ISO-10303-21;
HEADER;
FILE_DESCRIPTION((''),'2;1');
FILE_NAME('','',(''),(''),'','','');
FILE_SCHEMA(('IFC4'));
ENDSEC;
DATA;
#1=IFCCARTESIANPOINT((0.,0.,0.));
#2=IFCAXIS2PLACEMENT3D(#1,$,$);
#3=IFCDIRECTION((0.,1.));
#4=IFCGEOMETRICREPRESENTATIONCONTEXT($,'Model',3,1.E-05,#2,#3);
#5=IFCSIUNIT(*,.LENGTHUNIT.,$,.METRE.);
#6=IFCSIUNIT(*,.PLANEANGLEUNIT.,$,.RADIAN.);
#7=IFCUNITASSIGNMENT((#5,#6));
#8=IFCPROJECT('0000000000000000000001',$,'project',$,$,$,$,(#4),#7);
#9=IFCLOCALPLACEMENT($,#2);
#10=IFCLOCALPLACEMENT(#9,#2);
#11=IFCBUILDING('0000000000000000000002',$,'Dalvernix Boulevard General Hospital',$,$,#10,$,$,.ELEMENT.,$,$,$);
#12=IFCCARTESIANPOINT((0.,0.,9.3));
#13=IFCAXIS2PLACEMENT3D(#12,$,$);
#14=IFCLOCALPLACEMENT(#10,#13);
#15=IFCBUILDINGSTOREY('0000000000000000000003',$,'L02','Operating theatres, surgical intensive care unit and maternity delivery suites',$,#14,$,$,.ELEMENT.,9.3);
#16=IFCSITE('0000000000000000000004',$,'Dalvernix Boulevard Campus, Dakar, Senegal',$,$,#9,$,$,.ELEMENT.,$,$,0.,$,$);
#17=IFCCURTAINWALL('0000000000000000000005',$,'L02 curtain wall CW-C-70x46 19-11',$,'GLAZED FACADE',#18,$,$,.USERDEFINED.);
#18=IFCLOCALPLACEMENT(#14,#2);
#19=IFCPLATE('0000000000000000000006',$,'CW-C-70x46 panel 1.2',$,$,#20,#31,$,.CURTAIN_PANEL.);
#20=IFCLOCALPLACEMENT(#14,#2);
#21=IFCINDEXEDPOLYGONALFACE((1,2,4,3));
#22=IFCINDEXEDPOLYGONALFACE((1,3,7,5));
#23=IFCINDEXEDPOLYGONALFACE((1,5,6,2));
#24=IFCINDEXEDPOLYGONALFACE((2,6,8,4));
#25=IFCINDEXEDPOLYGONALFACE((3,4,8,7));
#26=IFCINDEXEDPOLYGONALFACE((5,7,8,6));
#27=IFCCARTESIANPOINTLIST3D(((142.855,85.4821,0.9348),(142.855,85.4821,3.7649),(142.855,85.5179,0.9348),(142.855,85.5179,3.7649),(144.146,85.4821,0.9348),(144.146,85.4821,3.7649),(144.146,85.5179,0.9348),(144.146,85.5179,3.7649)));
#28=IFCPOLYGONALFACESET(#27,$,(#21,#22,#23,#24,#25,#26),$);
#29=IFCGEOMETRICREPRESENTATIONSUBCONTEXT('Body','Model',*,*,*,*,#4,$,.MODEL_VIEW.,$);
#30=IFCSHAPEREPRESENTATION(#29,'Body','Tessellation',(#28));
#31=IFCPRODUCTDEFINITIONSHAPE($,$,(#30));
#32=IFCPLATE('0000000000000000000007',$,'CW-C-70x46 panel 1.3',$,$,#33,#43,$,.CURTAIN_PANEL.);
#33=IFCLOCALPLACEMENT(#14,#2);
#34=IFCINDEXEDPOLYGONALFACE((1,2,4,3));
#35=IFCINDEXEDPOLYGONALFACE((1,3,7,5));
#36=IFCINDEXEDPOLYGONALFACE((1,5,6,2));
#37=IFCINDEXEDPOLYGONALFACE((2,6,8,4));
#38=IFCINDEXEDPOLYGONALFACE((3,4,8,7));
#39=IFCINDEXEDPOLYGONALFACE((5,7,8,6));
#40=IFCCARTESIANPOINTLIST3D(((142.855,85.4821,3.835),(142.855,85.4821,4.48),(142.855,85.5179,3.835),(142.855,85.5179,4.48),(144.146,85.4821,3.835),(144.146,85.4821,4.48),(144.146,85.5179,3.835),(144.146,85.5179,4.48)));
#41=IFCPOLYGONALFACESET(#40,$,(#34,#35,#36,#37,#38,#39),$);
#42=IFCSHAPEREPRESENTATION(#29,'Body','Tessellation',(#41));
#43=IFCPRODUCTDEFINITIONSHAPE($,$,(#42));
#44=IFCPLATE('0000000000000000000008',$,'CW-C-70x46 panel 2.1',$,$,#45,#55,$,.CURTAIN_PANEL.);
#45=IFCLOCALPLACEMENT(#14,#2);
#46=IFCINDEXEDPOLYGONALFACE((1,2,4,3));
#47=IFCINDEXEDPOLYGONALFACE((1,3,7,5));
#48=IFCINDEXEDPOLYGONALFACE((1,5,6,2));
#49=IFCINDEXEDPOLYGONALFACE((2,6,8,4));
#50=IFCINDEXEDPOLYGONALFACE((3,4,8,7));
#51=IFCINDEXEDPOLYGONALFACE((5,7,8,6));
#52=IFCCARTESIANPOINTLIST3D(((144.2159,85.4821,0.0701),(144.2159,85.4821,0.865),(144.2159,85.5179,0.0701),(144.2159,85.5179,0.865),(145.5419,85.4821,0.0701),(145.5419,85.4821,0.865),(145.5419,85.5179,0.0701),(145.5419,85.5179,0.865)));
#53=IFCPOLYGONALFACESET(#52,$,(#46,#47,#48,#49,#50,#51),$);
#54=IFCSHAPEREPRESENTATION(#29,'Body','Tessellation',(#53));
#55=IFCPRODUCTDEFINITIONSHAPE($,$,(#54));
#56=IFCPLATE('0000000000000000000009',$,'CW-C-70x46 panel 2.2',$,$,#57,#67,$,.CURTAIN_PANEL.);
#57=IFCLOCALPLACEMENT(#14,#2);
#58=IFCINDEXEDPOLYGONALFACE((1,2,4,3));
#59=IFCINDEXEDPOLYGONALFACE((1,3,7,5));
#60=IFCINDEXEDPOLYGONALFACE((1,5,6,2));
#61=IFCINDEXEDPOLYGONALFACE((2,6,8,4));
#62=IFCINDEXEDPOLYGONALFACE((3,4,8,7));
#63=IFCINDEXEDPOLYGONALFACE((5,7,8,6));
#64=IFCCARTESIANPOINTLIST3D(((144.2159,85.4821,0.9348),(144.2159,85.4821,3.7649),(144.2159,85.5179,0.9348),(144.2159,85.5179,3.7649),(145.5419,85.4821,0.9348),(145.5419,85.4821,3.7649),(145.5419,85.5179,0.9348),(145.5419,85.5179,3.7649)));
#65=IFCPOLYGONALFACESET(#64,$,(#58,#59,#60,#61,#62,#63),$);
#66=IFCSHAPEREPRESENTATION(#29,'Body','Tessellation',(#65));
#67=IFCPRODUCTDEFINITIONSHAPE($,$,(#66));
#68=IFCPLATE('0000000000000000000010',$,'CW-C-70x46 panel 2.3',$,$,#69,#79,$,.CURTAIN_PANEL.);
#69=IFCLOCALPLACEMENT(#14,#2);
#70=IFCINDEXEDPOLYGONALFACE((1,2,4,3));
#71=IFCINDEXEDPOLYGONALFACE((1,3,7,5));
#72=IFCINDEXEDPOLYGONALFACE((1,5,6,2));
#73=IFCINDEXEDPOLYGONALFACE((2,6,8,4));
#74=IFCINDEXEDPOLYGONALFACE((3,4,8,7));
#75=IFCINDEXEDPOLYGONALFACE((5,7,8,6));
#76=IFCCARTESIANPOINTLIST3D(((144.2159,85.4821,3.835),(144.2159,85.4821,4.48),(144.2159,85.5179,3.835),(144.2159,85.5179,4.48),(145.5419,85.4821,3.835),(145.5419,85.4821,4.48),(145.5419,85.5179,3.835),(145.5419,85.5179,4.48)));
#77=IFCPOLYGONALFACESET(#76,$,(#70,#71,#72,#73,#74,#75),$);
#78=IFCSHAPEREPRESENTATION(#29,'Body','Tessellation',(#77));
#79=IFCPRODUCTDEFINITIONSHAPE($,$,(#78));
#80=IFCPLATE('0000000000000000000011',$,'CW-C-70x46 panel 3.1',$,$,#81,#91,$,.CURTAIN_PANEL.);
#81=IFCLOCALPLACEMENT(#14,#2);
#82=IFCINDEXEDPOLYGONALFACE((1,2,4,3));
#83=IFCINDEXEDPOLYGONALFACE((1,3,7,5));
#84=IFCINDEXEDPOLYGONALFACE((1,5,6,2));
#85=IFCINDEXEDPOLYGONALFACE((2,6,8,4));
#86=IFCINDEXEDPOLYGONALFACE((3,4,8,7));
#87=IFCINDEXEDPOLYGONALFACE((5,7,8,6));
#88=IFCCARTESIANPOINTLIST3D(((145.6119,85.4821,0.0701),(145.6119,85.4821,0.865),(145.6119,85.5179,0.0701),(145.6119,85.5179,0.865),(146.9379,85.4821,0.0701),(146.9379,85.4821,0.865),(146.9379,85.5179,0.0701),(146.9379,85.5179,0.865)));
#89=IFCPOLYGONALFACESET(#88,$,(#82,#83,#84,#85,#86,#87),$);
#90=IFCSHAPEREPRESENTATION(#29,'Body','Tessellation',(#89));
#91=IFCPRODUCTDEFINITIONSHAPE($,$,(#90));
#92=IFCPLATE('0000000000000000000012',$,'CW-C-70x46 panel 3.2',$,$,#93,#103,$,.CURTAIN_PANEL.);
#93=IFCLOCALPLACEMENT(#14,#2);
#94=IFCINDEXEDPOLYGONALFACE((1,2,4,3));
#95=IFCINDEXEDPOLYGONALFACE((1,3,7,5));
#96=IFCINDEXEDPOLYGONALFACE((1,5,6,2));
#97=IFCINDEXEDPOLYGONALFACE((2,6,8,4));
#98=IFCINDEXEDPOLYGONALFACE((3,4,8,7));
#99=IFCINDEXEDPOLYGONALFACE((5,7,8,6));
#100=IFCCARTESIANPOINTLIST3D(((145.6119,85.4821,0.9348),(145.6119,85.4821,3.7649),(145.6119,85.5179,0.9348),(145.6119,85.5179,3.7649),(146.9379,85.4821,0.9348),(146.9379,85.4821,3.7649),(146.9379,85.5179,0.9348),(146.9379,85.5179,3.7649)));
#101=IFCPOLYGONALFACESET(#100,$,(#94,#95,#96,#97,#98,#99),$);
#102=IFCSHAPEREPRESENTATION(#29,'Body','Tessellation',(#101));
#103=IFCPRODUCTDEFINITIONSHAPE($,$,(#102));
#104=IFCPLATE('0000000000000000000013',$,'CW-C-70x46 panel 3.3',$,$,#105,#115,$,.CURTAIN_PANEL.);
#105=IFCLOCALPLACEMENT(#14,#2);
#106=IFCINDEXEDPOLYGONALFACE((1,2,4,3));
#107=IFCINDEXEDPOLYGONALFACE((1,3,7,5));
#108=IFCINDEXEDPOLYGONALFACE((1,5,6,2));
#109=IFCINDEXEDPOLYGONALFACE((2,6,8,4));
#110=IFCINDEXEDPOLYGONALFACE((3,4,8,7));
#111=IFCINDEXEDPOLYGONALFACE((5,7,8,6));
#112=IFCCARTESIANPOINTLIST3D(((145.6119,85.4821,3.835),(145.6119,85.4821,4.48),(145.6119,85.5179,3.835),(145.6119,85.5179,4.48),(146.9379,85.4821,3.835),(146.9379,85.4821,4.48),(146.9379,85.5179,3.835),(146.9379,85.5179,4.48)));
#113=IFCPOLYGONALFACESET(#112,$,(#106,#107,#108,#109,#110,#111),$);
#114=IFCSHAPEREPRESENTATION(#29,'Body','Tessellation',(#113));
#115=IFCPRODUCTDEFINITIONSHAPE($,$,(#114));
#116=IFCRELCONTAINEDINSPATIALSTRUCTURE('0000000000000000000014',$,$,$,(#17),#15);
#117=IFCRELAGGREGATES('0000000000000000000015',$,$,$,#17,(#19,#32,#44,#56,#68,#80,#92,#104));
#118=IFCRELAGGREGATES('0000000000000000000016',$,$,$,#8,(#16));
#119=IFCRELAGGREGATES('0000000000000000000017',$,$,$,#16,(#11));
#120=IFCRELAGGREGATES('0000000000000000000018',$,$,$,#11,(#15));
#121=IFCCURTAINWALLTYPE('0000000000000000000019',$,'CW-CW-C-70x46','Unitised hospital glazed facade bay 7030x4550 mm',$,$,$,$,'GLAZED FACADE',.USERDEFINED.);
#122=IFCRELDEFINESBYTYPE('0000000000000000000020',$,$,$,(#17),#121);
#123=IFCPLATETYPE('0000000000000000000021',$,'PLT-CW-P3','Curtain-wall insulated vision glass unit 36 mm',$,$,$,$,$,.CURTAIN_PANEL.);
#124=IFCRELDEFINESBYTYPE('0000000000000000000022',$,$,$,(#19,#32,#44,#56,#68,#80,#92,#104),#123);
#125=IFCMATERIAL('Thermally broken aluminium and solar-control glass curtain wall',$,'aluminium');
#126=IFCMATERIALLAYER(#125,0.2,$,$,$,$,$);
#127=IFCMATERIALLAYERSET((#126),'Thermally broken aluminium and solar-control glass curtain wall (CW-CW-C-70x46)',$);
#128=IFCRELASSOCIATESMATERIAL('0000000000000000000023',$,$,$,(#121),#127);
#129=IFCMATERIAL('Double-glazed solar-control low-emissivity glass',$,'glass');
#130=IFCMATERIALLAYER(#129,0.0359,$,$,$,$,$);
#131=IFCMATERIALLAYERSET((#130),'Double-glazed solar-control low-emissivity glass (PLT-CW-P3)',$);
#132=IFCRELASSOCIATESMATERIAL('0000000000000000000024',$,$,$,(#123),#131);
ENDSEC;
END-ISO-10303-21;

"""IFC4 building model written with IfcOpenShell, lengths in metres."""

from ifc_helpers import new_model, si_unit, direction, frame, origin, origin_2d, place, context, subcontext, project, spatial, rectangle, extrude, material, layer, layer_set, type_object, element, aggregate, save


model = new_model("IFC4")

# Units and contexts
model_context = context("Model", 3, precision=1e-05, world=origin(), true_north=direction((0.0, 1.0)))
body_context = subcontext(model_context, "Body", "Model", "MODEL_VIEW")
ifc_project = project(units=[si_unit("LENGTHUNIT", "METRE"), si_unit("PLANEANGLEUNIT", "RADIAN")], contexts=[model_context])

# Site, building, storey
site_placement = place(None, origin())
site = spatial("IfcSite", under=ifc_project, at=site_placement, Name="Dalvernix Boulevard Campus, Dakar, Senegal", CompositionType="ELEMENT", RefElevation=0.0)
building_placement = place(site_placement, origin())
building = spatial("IfcBuilding", under=site, at=building_placement, Name="Dalvernix Boulevard General Hospital", CompositionType="ELEMENT")
storey_placement = place(building_placement, frame((0.0, 0.0, 9.3)))
storey = spatial("IfcBuildingStorey", under=building, at=storey_placement, Name="L02", Description="Operating theatres, surgical intensive care unit and maternity delivery suites", CompositionType="ELEMENT", Elevation=9.3)

# Curtain wall, plates
ifc_material_1 = material(Name="Thermally broken aluminium and solar-control glass curtain wall", Category="aluminium")
ifc_layer_1 = layer(ifc_material_1, 0.2)
ifc_layer_set_1 = layer_set([ifc_layer_1], Name="Thermally broken aluminium and solar-control glass curtain wall (CW-CW-C-70x46)")
curtain_wall_type = type_object("IfcCurtainWallType", Name="CW-CW-C-70x46", Description="Unitised hospital glazed facade bay 7030x4550 mm", ElementType="GLAZED FACADE", PredefinedType="USERDEFINED", material=ifc_layer_set_1)
curtain_wall_placement = place(storey_placement, origin())
curtain_wall = element("IfcCurtainWall", 1, at=curtain_wall_placement, inside=storey, type_object=curtain_wall_type, Name="L02 curtain wall CW-C-70x46 19-11", ObjectType="GLAZED FACADE", PredefinedType="USERDEFINED")
ifc_material_2 = material(Name="Double-glazed solar-control low-emissivity glass", Category="glass")
ifc_layer_2 = layer(ifc_material_2, 0.0359)
ifc_layer_set_2 = layer_set([ifc_layer_2], Name="Double-glazed solar-control low-emissivity glass (PLT-CW-P3)")
plate_type = type_object("IfcPlateType", Name="PLT-CW-P3", Description="Curtain-wall insulated vision glass unit 36 mm", PredefinedType="CURTAIN_PANEL", material=ifc_layer_set_2)
plate_1_placement = place(storey_placement, frame((143.5005, 85.5, 0.9348), z_axis=(0.0, 0.0, 1.0), x_axis=(1.0, 0.0, 0.0)))
plate_1 = element("IfcPlate", 2, at=plate_1_placement, type_object=plate_type, Name="CW-C-70x46 panel 1.2", PredefinedType="CURTAIN_PANEL", context=body_context, shape_type="SweptSolid", body=[
    extrude(rectangle(XDim=1.291, YDim=0.0359, at=origin_2d()), origin(), (0.0, 0.0, 1.0), 2.8301),
])
plate_2_placement = place(storey_placement, frame((143.5005, 85.5, 3.835), z_axis=(0.0, 0.0, 1.0), x_axis=(1.0, 0.0, 0.0)))
plate_2 = element("IfcPlate", 3, at=plate_2_placement, type_object=plate_type, Name="CW-C-70x46 panel 1.3", PredefinedType="CURTAIN_PANEL", context=body_context, shape_type="SweptSolid", body=[
    extrude(rectangle(XDim=1.291, YDim=0.0359, at=origin_2d()), origin(), (0.0, 0.0, 1.0), 0.645),
])
plate_3_placement = place(storey_placement, frame((144.8789, 85.5, 0.0701), z_axis=(0.0, 0.0, 1.0), x_axis=(1.0, 0.0, 0.0)))
plate_3 = element("IfcPlate", 4, at=plate_3_placement, type_object=plate_type, Name="CW-C-70x46 panel 2.1", PredefinedType="CURTAIN_PANEL", context=body_context, shape_type="SweptSolid", body=[
    extrude(rectangle(XDim=1.3259, YDim=0.0359, at=origin_2d()), origin(), (0.0, 0.0, 1.0), 0.7949),
])
plate_4_placement = place(storey_placement, frame((144.8789, 85.5, 0.9348), z_axis=(0.0, 0.0, 1.0), x_axis=(1.0, 0.0, 0.0)))
plate_4 = element("IfcPlate", 5, at=plate_4_placement, type_object=plate_type, Name="CW-C-70x46 panel 2.2", PredefinedType="CURTAIN_PANEL", context=body_context, shape_type="SweptSolid", body=[
    extrude(rectangle(XDim=1.3259, YDim=0.0359, at=origin_2d()), origin(), (0.0, 0.0, 1.0), 2.8301),
])
plate_5_placement = place(storey_placement, frame((144.8789, 85.5, 3.835), z_axis=(0.0, 0.0, 1.0), x_axis=(1.0, 0.0, 0.0)))
plate_5 = element("IfcPlate", 6, at=plate_5_placement, type_object=plate_type, Name="CW-C-70x46 panel 2.3", PredefinedType="CURTAIN_PANEL", context=body_context, shape_type="SweptSolid", body=[
    extrude(rectangle(XDim=1.3259, YDim=0.0359, at=origin_2d()), origin(), (0.0, 0.0, 1.0), 0.645),
])
plate_6_placement = place(storey_placement, frame((146.2749, 85.5, 0.0701), z_axis=(0.0, 0.0, 1.0), x_axis=(1.0, 0.0, 0.0)))
plate_6 = element("IfcPlate", 7, at=plate_6_placement, type_object=plate_type, Name="CW-C-70x46 panel 3.1", PredefinedType="CURTAIN_PANEL", context=body_context, shape_type="SweptSolid", body=[
    extrude(rectangle(XDim=1.3259, YDim=0.0359, at=origin_2d()), origin(), (0.0, 0.0, 1.0), 0.7949),
])
plate_7_placement = place(storey_placement, frame((146.2749, 85.5, 0.9348), z_axis=(0.0, 0.0, 1.0), x_axis=(1.0, 0.0, 0.0)))
plate_7 = element("IfcPlate", 8, at=plate_7_placement, type_object=plate_type, Name="CW-C-70x46 panel 3.2", PredefinedType="CURTAIN_PANEL", context=body_context, shape_type="SweptSolid", body=[
    extrude(rectangle(XDim=1.3259, YDim=0.0359, at=origin_2d()), origin(), (0.0, 0.0, 1.0), 2.8301),
])
plate_8_placement = place(storey_placement, frame((146.2749, 85.5, 3.835), z_axis=(0.0, 0.0, 1.0), x_axis=(1.0, 0.0, 0.0)))
plate_8 = element("IfcPlate", 9, at=plate_8_placement, type_object=plate_type, Name="CW-C-70x46 panel 3.3", PredefinedType="CURTAIN_PANEL", context=body_context, shape_type="SweptSolid", body=[
    extrude(rectangle(XDim=1.3259, YDim=0.0359, at=origin_2d()), origin(), (0.0, 0.0, 1.0), 0.645),
])
aggregate(curtain_wall, [plate_1, plate_2, plate_3, plate_4, plate_5, plate_6, plate_7, plate_8])

save(model, "model.ifc")
